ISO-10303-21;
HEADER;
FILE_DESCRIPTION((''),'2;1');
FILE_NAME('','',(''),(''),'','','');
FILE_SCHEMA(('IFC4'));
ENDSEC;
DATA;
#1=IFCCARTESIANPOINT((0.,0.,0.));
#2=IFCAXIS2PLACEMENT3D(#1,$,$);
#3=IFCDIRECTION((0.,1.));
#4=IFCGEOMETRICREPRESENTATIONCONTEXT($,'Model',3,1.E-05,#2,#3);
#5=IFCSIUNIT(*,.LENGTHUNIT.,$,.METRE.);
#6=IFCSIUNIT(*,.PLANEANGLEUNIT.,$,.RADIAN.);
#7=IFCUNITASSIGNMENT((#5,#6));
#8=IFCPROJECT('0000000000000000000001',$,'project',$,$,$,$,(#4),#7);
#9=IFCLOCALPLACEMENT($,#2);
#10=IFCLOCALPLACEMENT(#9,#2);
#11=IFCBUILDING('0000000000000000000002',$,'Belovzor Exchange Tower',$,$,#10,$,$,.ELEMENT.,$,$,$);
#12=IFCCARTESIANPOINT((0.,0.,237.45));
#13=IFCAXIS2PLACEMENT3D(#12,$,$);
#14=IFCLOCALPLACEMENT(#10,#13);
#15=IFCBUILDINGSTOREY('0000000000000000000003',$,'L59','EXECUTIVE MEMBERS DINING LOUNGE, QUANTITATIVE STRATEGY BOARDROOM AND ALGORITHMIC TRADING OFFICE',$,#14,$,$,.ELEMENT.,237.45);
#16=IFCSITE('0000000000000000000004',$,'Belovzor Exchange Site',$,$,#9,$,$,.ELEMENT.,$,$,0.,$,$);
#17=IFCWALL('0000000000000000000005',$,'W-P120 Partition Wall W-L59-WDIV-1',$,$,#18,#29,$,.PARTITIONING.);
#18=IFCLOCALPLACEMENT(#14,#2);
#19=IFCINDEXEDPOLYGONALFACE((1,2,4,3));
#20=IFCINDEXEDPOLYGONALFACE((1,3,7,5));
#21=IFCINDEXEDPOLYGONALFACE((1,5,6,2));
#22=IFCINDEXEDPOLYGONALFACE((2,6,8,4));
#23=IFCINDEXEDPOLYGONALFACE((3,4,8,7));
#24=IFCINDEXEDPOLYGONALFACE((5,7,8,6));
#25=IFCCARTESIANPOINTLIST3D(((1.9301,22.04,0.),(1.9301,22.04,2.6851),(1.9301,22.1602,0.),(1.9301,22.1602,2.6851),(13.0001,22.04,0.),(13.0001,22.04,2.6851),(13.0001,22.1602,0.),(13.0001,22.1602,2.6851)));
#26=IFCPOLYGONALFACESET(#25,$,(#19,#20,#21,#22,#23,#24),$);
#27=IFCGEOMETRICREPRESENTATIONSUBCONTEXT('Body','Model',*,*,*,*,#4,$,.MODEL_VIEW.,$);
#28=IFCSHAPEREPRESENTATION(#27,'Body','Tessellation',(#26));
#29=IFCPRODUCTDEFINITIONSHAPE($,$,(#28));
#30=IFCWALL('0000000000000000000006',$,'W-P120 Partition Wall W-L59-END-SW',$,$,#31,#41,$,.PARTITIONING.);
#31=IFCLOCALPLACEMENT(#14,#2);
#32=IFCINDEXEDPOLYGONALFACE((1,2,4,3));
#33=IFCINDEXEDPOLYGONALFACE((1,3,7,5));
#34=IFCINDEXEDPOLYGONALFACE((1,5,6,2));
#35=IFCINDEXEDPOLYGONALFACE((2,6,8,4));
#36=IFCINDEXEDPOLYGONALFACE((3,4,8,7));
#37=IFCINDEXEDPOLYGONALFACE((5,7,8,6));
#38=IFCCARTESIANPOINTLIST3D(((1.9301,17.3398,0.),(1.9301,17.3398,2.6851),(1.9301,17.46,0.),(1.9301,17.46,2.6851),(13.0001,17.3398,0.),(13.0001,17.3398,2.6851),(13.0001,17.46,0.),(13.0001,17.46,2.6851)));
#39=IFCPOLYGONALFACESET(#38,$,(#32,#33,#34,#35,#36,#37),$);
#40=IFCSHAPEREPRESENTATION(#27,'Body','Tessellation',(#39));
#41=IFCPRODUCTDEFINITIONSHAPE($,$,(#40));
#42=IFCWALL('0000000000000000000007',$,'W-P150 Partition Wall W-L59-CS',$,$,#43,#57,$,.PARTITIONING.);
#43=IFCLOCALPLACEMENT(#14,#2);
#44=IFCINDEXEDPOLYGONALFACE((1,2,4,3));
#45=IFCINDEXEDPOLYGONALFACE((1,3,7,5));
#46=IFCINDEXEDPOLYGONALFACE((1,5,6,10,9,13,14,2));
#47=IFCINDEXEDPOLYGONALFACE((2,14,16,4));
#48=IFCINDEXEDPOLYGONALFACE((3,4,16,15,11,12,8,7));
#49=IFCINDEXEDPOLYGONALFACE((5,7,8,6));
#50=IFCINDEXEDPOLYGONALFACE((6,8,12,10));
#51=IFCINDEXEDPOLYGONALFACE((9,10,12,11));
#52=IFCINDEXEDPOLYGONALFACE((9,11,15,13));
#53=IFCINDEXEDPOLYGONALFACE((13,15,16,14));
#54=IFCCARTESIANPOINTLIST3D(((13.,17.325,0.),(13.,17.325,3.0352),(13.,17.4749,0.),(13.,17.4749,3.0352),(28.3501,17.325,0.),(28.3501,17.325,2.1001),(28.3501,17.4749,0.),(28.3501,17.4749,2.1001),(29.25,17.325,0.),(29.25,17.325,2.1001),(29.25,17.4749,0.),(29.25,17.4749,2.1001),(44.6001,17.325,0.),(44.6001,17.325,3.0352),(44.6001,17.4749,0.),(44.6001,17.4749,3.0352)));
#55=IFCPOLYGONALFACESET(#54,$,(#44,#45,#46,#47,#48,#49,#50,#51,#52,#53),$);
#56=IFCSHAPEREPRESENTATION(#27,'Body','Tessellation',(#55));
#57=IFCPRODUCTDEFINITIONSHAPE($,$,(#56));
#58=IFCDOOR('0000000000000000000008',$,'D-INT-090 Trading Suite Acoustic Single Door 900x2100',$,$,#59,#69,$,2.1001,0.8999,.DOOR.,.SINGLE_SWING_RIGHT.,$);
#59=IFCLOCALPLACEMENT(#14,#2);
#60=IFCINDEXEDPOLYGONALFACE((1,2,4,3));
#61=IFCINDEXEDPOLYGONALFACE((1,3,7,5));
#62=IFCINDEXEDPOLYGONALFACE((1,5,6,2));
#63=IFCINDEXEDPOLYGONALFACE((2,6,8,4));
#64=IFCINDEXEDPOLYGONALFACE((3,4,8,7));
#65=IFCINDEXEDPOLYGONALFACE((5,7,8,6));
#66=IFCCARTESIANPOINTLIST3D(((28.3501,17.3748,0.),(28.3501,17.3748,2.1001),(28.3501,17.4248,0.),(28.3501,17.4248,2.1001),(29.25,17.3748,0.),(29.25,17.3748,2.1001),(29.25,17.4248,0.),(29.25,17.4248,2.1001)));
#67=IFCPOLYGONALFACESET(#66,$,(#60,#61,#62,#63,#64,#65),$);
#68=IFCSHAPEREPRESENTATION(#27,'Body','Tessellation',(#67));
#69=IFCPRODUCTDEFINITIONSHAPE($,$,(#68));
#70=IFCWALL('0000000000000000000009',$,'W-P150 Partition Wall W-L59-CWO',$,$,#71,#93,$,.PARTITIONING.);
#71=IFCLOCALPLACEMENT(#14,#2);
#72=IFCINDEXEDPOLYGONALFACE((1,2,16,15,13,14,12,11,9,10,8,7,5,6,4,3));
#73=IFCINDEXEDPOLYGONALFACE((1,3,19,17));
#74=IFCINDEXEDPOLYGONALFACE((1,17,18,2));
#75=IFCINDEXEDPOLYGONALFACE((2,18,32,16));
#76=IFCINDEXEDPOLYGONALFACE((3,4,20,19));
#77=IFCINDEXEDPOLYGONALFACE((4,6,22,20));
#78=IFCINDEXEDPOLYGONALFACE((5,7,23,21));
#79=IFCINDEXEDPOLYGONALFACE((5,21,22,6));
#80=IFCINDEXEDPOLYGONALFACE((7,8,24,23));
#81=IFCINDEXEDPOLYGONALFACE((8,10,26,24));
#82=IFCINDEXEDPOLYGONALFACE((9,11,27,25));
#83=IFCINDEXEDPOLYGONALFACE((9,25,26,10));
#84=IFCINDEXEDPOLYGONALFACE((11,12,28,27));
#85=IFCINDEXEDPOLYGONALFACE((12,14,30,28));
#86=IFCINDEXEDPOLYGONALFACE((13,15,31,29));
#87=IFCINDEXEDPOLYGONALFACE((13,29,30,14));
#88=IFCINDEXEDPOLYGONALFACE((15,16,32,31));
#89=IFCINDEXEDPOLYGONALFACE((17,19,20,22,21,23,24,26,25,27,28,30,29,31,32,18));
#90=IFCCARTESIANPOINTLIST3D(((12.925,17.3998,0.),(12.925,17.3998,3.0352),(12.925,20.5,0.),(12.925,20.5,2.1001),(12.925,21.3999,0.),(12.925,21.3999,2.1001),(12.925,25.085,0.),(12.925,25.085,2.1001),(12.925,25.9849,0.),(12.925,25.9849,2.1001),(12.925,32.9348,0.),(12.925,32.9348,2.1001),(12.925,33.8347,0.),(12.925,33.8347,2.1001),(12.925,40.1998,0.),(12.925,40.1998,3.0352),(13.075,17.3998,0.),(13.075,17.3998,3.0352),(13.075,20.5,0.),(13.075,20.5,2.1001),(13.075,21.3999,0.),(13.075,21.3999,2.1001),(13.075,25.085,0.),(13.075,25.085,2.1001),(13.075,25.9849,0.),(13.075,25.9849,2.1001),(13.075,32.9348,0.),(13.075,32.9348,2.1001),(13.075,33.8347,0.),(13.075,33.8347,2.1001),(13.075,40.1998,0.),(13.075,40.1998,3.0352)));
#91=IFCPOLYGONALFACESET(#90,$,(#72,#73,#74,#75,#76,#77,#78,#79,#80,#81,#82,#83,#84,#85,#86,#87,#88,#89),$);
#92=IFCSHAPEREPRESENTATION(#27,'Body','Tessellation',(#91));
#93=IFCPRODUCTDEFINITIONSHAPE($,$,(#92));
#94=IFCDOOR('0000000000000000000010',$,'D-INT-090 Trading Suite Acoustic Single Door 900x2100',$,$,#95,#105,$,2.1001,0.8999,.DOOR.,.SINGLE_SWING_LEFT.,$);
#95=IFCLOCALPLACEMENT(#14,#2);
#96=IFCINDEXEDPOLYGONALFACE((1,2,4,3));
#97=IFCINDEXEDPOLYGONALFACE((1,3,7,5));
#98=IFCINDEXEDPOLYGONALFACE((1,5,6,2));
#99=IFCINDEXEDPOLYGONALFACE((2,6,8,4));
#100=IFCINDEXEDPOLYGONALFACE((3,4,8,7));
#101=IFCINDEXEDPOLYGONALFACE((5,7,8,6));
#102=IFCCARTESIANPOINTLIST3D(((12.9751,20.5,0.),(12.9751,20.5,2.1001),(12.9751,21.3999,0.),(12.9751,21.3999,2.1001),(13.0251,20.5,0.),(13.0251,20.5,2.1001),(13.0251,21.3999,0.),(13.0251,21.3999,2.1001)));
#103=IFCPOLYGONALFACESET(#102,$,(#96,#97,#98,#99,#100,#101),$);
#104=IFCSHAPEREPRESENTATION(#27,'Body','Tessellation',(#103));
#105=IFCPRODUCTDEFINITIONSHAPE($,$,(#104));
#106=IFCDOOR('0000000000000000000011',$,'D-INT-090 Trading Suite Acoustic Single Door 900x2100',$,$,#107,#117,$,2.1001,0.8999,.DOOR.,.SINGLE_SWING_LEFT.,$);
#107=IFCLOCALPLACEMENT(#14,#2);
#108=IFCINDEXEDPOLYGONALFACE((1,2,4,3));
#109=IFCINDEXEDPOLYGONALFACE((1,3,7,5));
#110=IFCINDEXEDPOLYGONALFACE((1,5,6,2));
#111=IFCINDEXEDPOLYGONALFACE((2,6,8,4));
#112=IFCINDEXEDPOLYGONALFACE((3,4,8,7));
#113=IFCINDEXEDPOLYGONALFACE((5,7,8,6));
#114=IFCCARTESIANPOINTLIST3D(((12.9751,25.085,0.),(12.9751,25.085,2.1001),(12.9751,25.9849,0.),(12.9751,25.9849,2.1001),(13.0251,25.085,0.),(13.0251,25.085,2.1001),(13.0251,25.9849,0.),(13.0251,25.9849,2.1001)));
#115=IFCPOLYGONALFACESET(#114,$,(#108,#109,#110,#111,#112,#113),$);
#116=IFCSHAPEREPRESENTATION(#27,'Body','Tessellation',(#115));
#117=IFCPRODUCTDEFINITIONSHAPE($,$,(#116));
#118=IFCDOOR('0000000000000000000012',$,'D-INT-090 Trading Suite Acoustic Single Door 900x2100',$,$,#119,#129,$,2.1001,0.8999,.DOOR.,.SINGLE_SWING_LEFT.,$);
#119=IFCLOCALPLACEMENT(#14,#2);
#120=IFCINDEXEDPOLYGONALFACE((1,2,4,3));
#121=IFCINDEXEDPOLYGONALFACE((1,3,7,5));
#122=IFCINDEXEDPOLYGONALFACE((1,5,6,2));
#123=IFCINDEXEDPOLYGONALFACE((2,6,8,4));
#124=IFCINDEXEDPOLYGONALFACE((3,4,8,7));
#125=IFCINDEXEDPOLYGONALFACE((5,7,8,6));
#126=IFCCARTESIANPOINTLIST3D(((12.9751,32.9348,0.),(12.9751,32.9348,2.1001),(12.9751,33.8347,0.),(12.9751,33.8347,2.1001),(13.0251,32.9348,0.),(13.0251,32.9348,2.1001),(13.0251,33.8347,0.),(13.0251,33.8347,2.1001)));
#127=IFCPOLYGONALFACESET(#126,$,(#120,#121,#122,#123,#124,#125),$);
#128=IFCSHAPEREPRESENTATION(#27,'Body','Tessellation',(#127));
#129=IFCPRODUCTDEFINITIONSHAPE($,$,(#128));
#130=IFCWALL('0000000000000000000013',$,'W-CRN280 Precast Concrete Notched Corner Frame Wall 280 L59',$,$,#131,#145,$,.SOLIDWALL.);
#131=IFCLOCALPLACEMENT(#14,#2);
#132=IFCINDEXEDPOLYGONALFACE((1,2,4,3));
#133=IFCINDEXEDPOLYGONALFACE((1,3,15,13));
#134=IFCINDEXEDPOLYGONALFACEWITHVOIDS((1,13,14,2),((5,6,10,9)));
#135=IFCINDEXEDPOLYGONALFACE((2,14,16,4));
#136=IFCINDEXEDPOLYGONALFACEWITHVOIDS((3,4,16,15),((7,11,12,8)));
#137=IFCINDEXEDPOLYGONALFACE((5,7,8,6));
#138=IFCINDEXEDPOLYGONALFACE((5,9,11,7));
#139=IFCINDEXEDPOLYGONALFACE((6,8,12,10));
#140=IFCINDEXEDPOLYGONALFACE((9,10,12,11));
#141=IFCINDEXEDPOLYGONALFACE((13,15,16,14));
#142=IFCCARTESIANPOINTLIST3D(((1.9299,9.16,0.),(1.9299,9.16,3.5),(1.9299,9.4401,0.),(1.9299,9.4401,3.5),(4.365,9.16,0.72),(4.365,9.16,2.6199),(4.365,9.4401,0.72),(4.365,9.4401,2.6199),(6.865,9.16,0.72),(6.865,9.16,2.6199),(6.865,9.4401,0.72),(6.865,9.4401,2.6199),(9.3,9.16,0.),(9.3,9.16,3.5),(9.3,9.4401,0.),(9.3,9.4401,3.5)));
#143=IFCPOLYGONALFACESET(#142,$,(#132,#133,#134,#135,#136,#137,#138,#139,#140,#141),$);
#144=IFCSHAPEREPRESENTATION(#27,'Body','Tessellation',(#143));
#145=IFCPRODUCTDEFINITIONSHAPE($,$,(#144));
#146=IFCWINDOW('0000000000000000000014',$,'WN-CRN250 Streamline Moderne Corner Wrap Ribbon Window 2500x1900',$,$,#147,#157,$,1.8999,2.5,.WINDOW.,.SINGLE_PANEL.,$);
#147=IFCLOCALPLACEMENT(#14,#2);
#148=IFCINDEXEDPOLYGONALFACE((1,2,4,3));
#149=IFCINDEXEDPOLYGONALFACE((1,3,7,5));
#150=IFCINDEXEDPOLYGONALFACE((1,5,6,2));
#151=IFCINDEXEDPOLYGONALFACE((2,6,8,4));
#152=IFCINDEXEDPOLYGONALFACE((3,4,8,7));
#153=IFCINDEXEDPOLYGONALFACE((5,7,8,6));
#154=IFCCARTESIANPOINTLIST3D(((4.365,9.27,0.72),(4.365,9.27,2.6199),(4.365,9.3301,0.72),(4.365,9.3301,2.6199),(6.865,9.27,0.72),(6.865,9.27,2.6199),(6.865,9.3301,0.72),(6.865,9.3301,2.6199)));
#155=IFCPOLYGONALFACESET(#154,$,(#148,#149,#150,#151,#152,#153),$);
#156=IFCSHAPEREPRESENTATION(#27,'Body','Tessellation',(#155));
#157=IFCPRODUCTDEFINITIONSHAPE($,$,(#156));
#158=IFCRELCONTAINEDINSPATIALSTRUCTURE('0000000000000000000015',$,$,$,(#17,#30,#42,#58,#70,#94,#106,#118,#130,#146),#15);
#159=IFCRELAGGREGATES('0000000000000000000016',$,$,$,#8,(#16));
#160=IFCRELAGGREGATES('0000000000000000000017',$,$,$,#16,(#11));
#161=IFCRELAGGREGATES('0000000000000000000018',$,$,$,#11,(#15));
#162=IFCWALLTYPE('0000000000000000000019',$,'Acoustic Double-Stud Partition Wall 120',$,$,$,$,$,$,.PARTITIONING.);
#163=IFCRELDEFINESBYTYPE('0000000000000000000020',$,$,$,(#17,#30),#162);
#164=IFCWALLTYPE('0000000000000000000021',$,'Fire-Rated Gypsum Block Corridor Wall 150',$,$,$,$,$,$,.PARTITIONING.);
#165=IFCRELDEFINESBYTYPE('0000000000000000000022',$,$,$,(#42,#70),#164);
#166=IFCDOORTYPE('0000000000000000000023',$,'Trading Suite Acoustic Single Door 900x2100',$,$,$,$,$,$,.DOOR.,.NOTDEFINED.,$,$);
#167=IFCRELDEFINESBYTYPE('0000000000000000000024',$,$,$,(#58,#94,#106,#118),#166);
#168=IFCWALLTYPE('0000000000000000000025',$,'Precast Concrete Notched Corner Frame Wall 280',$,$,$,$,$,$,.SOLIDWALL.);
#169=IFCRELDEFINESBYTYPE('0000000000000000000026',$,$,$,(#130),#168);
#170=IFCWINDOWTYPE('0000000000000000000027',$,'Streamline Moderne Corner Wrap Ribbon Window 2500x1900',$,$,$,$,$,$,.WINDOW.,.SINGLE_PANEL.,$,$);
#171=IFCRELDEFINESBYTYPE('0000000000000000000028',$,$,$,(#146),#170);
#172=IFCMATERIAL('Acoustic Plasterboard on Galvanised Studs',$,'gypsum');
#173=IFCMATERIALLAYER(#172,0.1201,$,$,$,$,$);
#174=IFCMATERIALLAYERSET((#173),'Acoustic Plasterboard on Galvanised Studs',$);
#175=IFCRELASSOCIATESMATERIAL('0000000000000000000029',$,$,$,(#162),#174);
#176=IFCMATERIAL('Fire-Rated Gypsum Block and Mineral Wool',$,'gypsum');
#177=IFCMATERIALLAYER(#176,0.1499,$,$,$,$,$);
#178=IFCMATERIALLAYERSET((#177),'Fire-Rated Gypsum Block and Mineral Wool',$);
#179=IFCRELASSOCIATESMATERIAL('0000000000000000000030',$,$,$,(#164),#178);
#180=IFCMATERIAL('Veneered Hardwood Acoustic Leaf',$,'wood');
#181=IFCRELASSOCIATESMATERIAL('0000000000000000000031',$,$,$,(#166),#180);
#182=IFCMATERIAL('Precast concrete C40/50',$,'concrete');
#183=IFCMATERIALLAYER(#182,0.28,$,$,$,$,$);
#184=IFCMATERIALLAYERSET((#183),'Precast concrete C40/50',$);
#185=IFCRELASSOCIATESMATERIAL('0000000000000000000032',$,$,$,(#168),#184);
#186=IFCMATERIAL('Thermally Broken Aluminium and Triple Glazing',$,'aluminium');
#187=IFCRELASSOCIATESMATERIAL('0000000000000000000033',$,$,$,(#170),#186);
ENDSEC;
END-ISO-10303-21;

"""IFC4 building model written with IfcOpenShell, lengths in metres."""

from ifc_helpers import new_model, si_unit, direction, frame, frame_2d, origin, place, context, subcontext, project, spatial, rectangle, extrude, material, layer, layer_set, type_object, element, fill, save


model = new_model("IFC4")

# Units and contexts
model_context = context("Model", 3, precision=1e-05, world=origin(), true_north=direction((0.0, 1.0)))
body_context = subcontext(model_context, "Body", "Model", "MODEL_VIEW")
ifc_project = project(units=[si_unit("LENGTHUNIT", "METRE"), si_unit("PLANEANGLEUNIT", "RADIAN")], contexts=[model_context])

# Site, building, storey
site_placement = place(None, origin())
site = spatial("IfcSite", under=ifc_project, at=site_placement, Name="Belovzor Exchange Site", CompositionType="ELEMENT", RefElevation=0.0)
building_placement = place(site_placement, origin())
building = spatial("IfcBuilding", under=site, at=building_placement, Name="Belovzor Exchange Tower", CompositionType="ELEMENT")
storey_placement = place(building_placement, frame((0.0, 0.0, 237.45)))
storey = spatial("IfcBuildingStorey", under=building, at=storey_placement, Name="L59", Description="EXECUTIVE MEMBERS DINING LOUNGE, QUANTITATIVE STRATEGY BOARDROOM AND ALGORITHMIC TRADING OFFICE", CompositionType="ELEMENT", Elevation=237.45)

# Walls
ifc_material_1 = material(Name="Acoustic Plasterboard on Galvanised Studs", Category="gypsum")
ifc_layer_1 = layer(ifc_material_1, 0.1201)
ifc_layer_set_1 = layer_set([ifc_layer_1], Name="Acoustic Plasterboard on Galvanised Studs")
wall_type_1 = type_object("IfcWallType", Name="Acoustic Double-Stud Partition Wall 120", PredefinedType="PARTITIONING", material=ifc_layer_set_1)
for number, where, z_axis, x_axis, name in (
    (1, (1.9299, 22.1001, 0.0), (0.0, 0.0, 1.0), (1.0, 0.0, 0.0), "W-P120 Partition Wall W-L59-WDIV-1"),
    (2, (1.9299, 17.3999, 0.0), (0.0, 0.0, 1.0), (1.0, 0.0, 0.0), "W-P120 Partition Wall W-L59-END-SW"),
):
    element("IfcWall", number, at=place(storey_placement, frame(where, z_axis=z_axis, x_axis=x_axis)), inside=storey, type_object=wall_type_1, Name=name, PredefinedType="PARTITIONING", context=body_context, shape_type="SweptSolid", body=[
        extrude(rectangle(XDim=11.0701, YDim=0.1201, at=frame_2d((5.5352, 0.0))), origin(), (0.0, 0.0, 1.0), 2.6851),
    ])

# Wall, opening, door
ifc_material_2 = material(Name="Fire-Rated Gypsum Block and Mineral Wool", Category="gypsum")
ifc_layer_2 = layer(ifc_material_2, 0.1499)
ifc_layer_set_2 = layer_set([ifc_layer_2], Name="Fire-Rated Gypsum Block and Mineral Wool")
wall_type_2 = type_object("IfcWallType", Name="Fire-Rated Gypsum Block Corridor Wall 150", PredefinedType="PARTITIONING", material=ifc_layer_set_2)
wall_1_placement = place(storey_placement, frame((13.0, 17.3999, 0.0), z_axis=(0.0, 0.0, 1.0), x_axis=(1.0, 0.0, 0.0)))
wall_1 = element("IfcWall", 3, at=wall_1_placement, inside=storey, type_object=wall_type_2, Name="W-P150 Partition Wall W-L59-CS", PredefinedType="PARTITIONING", context=body_context, shape_type="SweptSolid", body=[
    extrude(rectangle(XDim=31.6001, YDim=0.1499, at=frame_2d((15.8, 0.0))), origin(), (0.0, 0.0, 1.0), 3.0352),
])
opening_1_placement = place(wall_1_placement, frame((15.3501, 0.0, 0.0)))
opening_1 = element("IfcOpeningElement", 4, at=opening_1_placement, cuts=wall_1, PredefinedType="OPENING", context=body_context, shape_type="SweptSolid", body=[
    extrude(rectangle(XDim=0.8999, YDim=2.1001, at=frame_2d((0.45, 1.05))), frame((0.0, 0.085, 0.0), z_axis=(0.0, -1.0, 0.0), x_axis=(1.0, 0.0, 0.0)), (0.0, 0.0, 1.0), 0.1699),
])
ifc_material_3 = material(Name="Veneered Hardwood Acoustic Leaf", Category="wood")
door_type_1 = type_object("IfcDoorType", Name="Trading Suite Acoustic Single Door 900x2100", OperationType="NOTDEFINED", PredefinedType="DOOR", material=ifc_material_3)
door_1_placement = place(opening_1_placement, origin())
door_1 = element("IfcDoor", 5, at=door_1_placement, inside=storey, type_object=door_type_1, Name="D-INT-090 Trading Suite Acoustic Single Door 900x2100", OperationType="SINGLE_SWING_RIGHT", OverallHeight=2.1001, OverallWidth=0.8999, PredefinedType="DOOR", context=body_context, shape_type="SweptSolid", body=[
    extrude(rectangle(XDim=0.8999, YDim=2.1001, at=frame_2d((0.45, 1.05))), frame((0.0, 0.0249, 0.0), z_axis=(0.0, -1.0, 0.0), x_axis=(1.0, 0.0, 0.0)), (0.0, 0.0, 1.0), 0.05),
])
fill(opening_1, door_1)

# Wall, openings, doors
wall_2_placement = place(storey_placement, frame((13.0, 17.3999, 0.0), z_axis=(0.0, 0.0, 1.0), x_axis=(0.0, 1.0, 0.0)))
wall_2 = element("IfcWall", 6, at=wall_2_placement, inside=storey, type_object=wall_type_2, Name="W-P150 Partition Wall W-L59-CWO", PredefinedType="PARTITIONING", context=body_context, shape_type="SweptSolid", body=[
    extrude(rectangle(XDim=22.8, YDim=0.1499, at=frame_2d((11.3999, 0.0))), origin(), (0.0, 0.0, 1.0), 3.0352),
])
opening_2_placement = place(wall_2_placement, frame((3.1001, 0.0, 0.0)))
opening_2 = element("IfcOpeningElement", 7, at=opening_2_placement, cuts=wall_2, PredefinedType="OPENING", context=body_context, shape_type="SweptSolid", body=[
    extrude(rectangle(XDim=0.8999, YDim=2.1001, at=frame_2d((0.45, 1.05))), frame((0.0, 0.085, 0.0), z_axis=(0.0, -1.0, 0.0), x_axis=(1.0, 0.0, 0.0)), (0.0, 0.0, 1.0), 0.1699),
])
opening_3_placement = place(wall_2_placement, frame((7.6851, 0.0, 0.0)))
opening_3 = element("IfcOpeningElement", 8, at=opening_3_placement, cuts=wall_2, PredefinedType="OPENING", context=body_context, shape_type="SweptSolid", body=[
    extrude(rectangle(XDim=0.8999, YDim=2.1001, at=frame_2d((0.45, 1.05))), frame((0.0, 0.085, 0.0), z_axis=(0.0, -1.0, 0.0), x_axis=(1.0, 0.0, 0.0)), (0.0, 0.0, 1.0), 0.1699),
])
opening_4_placement = place(wall_2_placement, frame((15.5349, 0.0, 0.0)))
opening_4 = element("IfcOpeningElement", 9, at=opening_4_placement, cuts=wall_2, PredefinedType="OPENING", context=body_context, shape_type="SweptSolid", body=[
    extrude(rectangle(XDim=0.8999, YDim=2.1001, at=frame_2d((0.45, 1.05))), frame((0.0, 0.085, 0.0), z_axis=(0.0, -1.0, 0.0), x_axis=(1.0, 0.0, 0.0)), (0.0, 0.0, 1.0), 0.1699),
])
door_2_placement = place(opening_2_placement, origin())
door_2 = element("IfcDoor", 10, at=door_2_placement, inside=storey, type_object=door_type_1, Name="D-INT-090 Trading Suite Acoustic Single Door 900x2100", OperationType="SINGLE_SWING_LEFT", OverallHeight=2.1001, OverallWidth=0.8999, PredefinedType="DOOR", context=body_context, shape_type="SweptSolid", body=[
    extrude(rectangle(XDim=0.8999, YDim=2.1001, at=frame_2d((0.45, 1.05))), frame((0.0, 0.0249, 0.0), z_axis=(0.0, -1.0, 0.0), x_axis=(1.0, 0.0, 0.0)), (0.0, 0.0, 1.0), 0.05),
])
fill(opening_2, door_2)
door_3_placement = place(opening_3_placement, origin())
door_3 = element("IfcDoor", 11, at=door_3_placement, inside=storey, type_object=door_type_1, Name="D-INT-090 Trading Suite Acoustic Single Door 900x2100", OperationType="SINGLE_SWING_LEFT", OverallHeight=2.1001, OverallWidth=0.8999, PredefinedType="DOOR", context=body_context, shape_type="SweptSolid", body=[
    extrude(rectangle(XDim=0.8999, YDim=2.1001, at=frame_2d((0.45, 1.05))), frame((0.0, 0.0249, 0.0), z_axis=(0.0, -1.0, 0.0), x_axis=(1.0, 0.0, 0.0)), (0.0, 0.0, 1.0), 0.05),
])
fill(opening_3, door_3)
door_4_placement = place(opening_4_placement, origin())
door_4 = element("IfcDoor", 12, at=door_4_placement, inside=storey, type_object=door_type_1, Name="D-INT-090 Trading Suite Acoustic Single Door 900x2100", OperationType="SINGLE_SWING_LEFT", OverallHeight=2.1001, OverallWidth=0.8999, PredefinedType="DOOR", context=body_context, shape_type="SweptSolid", body=[
    extrude(rectangle(XDim=0.8999, YDim=2.1001, at=frame_2d((0.45, 1.05))), frame((0.0, 0.0249, 0.0), z_axis=(0.0, -1.0, 0.0), x_axis=(1.0, 0.0, 0.0)), (0.0, 0.0, 1.0), 0.05),
])
fill(opening_4, door_4)

# Wall, opening, window
ifc_material_4 = material(Name="Precast concrete C40/50", Category="concrete")
ifc_layer_3 = layer(ifc_material_4, 0.28)
ifc_layer_set_3 = layer_set([ifc_layer_3], Name="Precast concrete C40/50")
wall_type_3 = type_object("IfcWallType", Name="Precast Concrete Notched Corner Frame Wall 280", PredefinedType="SOLIDWALL", material=ifc_layer_set_3)
wall_3_placement = place(storey_placement, frame((9.3, 9.3, 0.0), z_axis=(0.0, 0.0, 1.0), x_axis=(-1.0, 0.0, 0.0)))
wall_3 = element("IfcWall", 13, at=wall_3_placement, inside=storey, type_object=wall_type_3, Name="W-CRN280 Precast Concrete Notched Corner Frame Wall 280 L59", PredefinedType="SOLIDWALL", context=body_context, shape_type="SweptSolid", body=[
    extrude(rectangle(XDim=7.3701, YDim=0.28, at=frame_2d((3.6851, 0.0))), origin(), (0.0, 0.0, 1.0), 3.5),
])
opening_5_placement = place(wall_3_placement, frame((2.4351, 0.0, 0.72)))
opening_5 = element("IfcOpeningElement", 14, at=opening_5_placement, cuts=wall_3, PredefinedType="OPENING", context=body_context, shape_type="SweptSolid", body=[
    extrude(rectangle(XDim=2.5, YDim=1.8999, at=frame_2d((1.25, 0.95))), frame((0.0, 0.1499, 0.0), z_axis=(0.0, -1.0, 0.0), x_axis=(1.0, 0.0, 0.0)), (0.0, 0.0, 1.0), 0.3),
])
ifc_material_5 = material(Name="Thermally Broken Aluminium and Triple Glazing", Category="aluminium")
window_type = type_object("IfcWindowType", Name="Streamline Moderne Corner Wrap Ribbon Window 2500x1900", PartitioningType="SINGLE_PANEL", PredefinedType="WINDOW", material=ifc_material_5)
window_placement = place(opening_5_placement, origin())
window = element("IfcWindow", 15, at=window_placement, inside=storey, type_object=window_type, Name="WN-CRN250 Streamline Moderne Corner Wrap Ribbon Window 2500x1900", OverallHeight=1.8999, OverallWidth=2.5, PartitioningType="SINGLE_PANEL", PredefinedType="WINDOW", context=body_context, shape_type="SweptSolid", body=[
    extrude(rectangle(XDim=2.5, YDim=1.8999, at=frame_2d((1.25, 0.95))), frame((0.0, 0.03, 0.0), z_axis=(0.0, -1.0, 0.0), x_axis=(1.0, 0.0, 0.0)), (0.0, 0.0, 1.0), 0.0601),
])
fill(opening_5, window)

save(model, "model.ifc")
